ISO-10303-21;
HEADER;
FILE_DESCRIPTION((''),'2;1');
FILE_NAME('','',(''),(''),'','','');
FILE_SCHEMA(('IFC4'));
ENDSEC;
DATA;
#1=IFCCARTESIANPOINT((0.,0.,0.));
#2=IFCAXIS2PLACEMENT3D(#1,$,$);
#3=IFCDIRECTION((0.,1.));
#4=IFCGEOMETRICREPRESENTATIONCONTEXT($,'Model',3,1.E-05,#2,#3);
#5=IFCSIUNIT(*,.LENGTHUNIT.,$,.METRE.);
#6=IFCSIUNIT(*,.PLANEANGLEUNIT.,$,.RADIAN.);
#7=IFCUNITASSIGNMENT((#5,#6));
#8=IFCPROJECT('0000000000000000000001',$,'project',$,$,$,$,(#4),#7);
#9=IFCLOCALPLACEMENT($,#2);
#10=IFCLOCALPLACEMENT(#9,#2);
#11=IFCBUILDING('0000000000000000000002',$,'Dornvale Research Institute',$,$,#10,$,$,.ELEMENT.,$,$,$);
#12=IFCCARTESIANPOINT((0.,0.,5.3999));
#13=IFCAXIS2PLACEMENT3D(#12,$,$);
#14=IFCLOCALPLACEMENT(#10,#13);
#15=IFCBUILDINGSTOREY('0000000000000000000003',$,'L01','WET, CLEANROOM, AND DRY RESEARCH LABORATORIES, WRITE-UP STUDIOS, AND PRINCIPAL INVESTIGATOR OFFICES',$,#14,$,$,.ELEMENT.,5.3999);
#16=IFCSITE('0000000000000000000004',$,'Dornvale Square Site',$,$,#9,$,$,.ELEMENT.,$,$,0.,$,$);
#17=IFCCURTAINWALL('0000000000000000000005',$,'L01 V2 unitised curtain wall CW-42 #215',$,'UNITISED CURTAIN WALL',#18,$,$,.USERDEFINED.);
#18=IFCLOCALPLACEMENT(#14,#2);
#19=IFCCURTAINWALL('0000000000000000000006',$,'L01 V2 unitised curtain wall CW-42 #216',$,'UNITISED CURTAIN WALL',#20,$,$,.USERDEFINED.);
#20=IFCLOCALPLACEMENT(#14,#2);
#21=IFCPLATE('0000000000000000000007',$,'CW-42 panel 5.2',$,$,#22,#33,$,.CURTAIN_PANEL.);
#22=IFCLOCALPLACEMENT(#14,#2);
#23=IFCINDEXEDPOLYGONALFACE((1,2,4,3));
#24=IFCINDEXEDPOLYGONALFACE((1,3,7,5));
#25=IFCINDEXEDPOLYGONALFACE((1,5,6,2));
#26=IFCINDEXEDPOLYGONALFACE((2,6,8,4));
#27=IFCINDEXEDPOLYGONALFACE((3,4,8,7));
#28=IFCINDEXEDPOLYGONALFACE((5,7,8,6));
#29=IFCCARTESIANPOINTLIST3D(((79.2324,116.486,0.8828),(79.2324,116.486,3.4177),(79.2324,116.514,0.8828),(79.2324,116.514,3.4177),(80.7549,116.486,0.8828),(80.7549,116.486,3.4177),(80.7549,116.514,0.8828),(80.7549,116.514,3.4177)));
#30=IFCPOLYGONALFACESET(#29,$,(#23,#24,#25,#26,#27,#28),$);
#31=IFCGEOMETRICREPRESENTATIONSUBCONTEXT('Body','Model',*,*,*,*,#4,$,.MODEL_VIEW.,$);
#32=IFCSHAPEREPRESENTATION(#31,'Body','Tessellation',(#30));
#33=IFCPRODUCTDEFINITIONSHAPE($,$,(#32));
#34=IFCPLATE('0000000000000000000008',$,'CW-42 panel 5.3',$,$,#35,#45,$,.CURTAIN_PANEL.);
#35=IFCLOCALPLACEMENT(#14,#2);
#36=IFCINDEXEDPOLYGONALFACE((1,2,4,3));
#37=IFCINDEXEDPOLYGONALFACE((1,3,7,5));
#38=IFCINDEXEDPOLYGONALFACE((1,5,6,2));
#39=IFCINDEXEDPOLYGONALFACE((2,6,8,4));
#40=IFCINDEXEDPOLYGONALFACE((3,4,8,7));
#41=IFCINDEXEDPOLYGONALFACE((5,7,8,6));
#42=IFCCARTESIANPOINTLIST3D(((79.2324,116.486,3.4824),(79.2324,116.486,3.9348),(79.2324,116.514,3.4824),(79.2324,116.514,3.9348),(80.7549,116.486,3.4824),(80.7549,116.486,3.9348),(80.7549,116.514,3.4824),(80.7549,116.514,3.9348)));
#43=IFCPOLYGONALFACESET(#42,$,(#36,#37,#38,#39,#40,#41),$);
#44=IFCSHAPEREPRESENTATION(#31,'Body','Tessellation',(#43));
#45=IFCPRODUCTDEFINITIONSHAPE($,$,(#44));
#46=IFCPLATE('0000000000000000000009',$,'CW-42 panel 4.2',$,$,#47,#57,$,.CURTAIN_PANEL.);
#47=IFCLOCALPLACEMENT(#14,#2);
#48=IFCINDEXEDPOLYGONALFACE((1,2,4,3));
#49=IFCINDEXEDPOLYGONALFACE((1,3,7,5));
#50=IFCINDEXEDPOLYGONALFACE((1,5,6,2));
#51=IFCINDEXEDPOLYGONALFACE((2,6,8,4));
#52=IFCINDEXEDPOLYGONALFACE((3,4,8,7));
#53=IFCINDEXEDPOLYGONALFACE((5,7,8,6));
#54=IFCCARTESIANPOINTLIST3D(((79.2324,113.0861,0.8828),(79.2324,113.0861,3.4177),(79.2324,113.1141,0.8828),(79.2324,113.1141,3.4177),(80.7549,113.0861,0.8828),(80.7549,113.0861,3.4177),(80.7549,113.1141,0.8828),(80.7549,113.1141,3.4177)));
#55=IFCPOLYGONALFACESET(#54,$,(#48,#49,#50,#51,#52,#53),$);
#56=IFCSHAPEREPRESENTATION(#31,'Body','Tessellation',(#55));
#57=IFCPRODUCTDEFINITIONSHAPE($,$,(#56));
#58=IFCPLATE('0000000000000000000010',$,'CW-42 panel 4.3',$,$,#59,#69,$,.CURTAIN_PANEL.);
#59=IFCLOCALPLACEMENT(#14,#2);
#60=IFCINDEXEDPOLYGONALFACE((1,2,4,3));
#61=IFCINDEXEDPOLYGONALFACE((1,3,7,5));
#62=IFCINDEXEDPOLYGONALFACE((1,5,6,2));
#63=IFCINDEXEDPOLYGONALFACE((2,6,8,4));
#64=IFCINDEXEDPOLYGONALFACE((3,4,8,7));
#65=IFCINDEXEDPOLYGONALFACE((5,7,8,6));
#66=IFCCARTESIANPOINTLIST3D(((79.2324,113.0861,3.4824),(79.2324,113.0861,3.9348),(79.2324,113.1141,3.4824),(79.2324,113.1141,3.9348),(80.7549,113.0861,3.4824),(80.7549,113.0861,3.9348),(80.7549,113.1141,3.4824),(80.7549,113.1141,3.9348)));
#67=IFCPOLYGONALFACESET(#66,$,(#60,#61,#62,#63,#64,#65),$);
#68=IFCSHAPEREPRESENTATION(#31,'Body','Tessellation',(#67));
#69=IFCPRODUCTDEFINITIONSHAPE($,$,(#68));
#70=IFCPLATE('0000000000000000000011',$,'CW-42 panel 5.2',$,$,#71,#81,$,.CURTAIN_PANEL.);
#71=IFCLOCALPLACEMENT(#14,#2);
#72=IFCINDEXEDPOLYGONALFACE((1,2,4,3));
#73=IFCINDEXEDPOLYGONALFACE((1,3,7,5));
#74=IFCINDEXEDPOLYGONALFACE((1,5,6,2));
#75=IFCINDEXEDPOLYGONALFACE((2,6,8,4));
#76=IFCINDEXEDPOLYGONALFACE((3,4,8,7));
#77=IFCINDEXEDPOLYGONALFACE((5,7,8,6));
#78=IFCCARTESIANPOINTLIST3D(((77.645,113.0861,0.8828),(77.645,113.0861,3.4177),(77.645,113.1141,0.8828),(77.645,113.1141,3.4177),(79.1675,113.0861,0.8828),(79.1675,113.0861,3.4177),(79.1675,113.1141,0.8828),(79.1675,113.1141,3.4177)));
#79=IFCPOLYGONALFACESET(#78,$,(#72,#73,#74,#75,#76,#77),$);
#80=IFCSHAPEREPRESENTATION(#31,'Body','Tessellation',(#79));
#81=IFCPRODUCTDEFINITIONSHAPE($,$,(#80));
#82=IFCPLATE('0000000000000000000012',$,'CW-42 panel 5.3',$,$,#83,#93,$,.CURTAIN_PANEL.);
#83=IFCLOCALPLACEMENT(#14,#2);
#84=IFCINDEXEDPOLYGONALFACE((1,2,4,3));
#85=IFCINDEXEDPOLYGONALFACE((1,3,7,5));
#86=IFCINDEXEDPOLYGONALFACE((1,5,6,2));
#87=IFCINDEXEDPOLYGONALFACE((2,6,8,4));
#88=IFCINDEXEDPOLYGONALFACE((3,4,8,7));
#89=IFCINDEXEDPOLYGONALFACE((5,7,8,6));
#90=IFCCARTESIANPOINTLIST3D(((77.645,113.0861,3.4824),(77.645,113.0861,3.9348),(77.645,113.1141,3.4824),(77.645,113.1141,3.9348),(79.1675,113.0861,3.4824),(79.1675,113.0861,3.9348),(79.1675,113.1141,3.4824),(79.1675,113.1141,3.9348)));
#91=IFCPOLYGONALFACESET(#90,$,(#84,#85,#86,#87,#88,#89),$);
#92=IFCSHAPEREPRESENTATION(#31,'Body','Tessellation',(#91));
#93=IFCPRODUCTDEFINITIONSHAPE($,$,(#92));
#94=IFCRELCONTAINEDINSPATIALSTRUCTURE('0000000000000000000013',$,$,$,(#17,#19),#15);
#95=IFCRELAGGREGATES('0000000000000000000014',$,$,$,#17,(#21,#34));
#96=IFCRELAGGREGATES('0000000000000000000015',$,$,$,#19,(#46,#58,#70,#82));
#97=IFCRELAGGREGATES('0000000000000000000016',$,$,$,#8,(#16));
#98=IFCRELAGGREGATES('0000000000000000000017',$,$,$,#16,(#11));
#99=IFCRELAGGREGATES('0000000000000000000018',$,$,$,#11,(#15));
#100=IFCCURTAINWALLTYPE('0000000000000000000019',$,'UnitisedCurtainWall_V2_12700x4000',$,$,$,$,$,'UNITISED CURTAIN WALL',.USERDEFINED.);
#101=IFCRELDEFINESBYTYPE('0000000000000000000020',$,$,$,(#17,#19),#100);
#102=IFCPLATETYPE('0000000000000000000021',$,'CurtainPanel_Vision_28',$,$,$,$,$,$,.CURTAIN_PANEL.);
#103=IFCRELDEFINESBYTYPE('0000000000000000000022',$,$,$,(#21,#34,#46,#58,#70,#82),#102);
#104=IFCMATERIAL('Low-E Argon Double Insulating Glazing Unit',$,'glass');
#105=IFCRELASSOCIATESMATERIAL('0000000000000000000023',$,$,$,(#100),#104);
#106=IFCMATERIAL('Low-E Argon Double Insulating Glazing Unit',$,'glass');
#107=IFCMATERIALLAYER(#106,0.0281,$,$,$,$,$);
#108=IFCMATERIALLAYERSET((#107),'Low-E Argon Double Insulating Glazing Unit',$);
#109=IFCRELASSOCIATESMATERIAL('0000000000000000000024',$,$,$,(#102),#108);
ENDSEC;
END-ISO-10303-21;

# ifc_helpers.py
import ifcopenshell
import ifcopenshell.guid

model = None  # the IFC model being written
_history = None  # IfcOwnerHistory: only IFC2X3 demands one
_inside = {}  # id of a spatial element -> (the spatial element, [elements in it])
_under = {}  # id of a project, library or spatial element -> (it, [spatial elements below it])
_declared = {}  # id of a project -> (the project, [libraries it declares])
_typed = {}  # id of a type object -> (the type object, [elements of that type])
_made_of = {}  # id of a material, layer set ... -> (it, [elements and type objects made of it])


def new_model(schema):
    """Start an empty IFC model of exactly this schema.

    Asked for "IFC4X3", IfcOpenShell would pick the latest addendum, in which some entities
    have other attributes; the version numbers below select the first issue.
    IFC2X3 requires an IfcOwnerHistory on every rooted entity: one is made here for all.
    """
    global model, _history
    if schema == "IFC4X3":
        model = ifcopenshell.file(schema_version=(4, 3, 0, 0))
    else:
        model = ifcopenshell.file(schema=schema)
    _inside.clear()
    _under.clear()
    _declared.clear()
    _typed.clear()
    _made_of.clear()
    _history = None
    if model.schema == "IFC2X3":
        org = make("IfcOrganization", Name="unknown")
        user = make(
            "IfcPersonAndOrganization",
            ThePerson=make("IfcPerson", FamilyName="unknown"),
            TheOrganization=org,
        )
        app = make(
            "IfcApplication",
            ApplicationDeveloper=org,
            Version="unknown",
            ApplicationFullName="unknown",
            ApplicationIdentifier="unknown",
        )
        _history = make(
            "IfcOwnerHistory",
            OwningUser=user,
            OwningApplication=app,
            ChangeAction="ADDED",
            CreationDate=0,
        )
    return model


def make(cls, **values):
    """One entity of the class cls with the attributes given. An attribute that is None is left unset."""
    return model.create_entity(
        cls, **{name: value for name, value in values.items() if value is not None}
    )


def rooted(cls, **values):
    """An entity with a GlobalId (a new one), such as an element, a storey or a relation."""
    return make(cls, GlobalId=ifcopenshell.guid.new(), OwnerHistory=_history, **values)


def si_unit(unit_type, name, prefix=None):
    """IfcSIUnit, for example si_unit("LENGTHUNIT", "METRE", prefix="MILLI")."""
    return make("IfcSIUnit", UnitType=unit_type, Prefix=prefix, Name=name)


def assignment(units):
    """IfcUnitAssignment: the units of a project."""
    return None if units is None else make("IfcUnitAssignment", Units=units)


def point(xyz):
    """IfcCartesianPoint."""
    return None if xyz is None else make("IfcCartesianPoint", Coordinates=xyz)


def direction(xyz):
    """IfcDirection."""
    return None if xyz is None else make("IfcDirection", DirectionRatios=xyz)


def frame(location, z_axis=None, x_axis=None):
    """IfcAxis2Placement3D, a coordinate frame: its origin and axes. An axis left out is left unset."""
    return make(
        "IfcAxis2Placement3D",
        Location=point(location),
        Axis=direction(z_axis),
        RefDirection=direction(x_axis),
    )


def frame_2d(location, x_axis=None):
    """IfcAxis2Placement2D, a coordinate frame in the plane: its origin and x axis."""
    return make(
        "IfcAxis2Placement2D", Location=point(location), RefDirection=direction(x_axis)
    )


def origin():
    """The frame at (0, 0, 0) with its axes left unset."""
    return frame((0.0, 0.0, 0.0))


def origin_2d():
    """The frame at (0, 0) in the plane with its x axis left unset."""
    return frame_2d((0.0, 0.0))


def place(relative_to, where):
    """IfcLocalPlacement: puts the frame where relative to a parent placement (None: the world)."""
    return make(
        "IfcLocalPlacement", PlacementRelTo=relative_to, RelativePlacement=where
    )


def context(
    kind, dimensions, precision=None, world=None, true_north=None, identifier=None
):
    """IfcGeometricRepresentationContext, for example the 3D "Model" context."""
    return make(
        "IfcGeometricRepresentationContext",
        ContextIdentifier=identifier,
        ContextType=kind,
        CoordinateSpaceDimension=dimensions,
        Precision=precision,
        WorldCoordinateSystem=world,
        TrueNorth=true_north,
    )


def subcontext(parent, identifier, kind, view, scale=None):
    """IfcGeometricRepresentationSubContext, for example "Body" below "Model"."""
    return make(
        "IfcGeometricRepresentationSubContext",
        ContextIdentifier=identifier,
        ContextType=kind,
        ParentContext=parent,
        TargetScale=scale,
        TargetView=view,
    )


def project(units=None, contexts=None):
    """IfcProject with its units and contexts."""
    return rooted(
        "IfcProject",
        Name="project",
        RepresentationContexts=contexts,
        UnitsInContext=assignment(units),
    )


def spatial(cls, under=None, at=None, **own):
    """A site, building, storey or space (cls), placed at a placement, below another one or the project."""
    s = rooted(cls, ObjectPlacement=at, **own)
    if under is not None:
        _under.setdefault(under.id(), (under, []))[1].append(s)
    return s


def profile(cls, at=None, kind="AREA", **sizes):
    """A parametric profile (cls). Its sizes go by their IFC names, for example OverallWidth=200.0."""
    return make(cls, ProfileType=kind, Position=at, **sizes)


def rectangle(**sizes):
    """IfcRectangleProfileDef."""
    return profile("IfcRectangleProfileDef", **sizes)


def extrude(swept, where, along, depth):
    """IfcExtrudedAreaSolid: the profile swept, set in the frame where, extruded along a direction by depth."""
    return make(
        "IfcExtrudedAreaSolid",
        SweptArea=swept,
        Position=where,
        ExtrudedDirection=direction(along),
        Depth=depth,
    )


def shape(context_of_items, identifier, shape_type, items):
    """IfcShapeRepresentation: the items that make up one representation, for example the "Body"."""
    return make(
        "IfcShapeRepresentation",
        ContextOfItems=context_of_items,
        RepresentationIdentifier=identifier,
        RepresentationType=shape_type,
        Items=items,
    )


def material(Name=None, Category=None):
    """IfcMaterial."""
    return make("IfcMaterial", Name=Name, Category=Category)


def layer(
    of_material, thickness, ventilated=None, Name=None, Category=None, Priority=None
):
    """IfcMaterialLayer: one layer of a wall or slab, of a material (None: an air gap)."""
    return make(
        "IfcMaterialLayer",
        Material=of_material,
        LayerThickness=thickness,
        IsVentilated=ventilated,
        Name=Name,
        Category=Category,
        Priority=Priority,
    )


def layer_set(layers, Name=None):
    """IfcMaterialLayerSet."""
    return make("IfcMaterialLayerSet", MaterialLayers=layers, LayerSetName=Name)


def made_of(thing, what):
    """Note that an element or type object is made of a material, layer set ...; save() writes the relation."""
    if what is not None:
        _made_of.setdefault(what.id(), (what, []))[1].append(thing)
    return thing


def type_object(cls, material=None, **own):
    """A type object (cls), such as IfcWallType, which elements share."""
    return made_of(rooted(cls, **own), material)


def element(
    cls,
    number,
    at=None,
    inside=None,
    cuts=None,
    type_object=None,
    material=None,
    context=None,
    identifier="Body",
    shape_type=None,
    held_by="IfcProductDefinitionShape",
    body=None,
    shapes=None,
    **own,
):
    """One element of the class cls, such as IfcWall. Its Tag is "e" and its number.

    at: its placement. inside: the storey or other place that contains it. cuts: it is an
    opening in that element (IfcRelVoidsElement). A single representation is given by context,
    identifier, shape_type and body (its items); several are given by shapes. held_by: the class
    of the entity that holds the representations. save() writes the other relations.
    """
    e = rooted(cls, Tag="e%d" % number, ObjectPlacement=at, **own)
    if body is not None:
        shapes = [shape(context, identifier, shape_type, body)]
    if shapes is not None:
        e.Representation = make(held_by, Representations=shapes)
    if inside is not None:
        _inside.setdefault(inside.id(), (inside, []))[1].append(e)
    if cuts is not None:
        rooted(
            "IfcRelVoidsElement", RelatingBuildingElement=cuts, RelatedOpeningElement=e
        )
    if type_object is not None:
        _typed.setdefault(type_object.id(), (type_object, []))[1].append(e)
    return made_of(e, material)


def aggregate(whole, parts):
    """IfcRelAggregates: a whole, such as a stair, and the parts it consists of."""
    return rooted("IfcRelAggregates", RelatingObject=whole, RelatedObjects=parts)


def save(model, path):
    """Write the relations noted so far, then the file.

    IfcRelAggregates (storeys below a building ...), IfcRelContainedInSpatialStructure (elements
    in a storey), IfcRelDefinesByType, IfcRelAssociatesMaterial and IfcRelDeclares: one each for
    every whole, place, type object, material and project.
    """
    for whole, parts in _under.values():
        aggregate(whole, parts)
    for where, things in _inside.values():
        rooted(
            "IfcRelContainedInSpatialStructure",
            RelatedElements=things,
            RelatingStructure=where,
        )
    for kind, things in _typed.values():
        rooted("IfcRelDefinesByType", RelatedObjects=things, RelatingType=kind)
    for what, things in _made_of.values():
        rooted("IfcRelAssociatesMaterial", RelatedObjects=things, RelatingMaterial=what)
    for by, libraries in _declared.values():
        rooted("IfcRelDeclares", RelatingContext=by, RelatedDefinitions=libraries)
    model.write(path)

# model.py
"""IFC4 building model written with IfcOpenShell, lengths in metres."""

from ifc_helpers import new_model, si_unit, direction, frame, origin, origin_2d, place, context, subcontext, project, spatial, rectangle, extrude, material, layer, layer_set, type_object, element, aggregate, save


model = new_model("IFC4")

# Units and contexts
model_context = context("Model", 3, precision=1e-05, world=origin(), true_north=direction((0.0, 1.0)))
body_context = subcontext(model_context, "Body", "Model", "MODEL_VIEW")
ifc_project = project(units=[si_unit("LENGTHUNIT", "METRE"), si_unit("PLANEANGLEUNIT", "RADIAN")], contexts=[model_context])

# Site, building, storey
site_placement = place(None, origin())
site = spatial("IfcSite", under=ifc_project, at=site_placement, Name="Dornvale Square Site", CompositionType="ELEMENT", RefElevation=0.0)
building_placement = place(site_placement, origin())
building = spatial("IfcBuilding", under=site, at=building_placement, Name="Dornvale Research Institute", CompositionType="ELEMENT")
storey_placement = place(building_placement, frame((0.0, 0.0, 5.3999)))
storey = spatial("IfcBuildingStorey", under=building, at=storey_placement, Name="L01", Description="WET, CLEANROOM, AND DRY RESEARCH LABORATORIES, WRITE-UP STUDIOS, AND PRINCIPAL INVESTIGATOR OFFICES", CompositionType="ELEMENT", Elevation=5.3999)

# Curtain walls
ifc_material_1 = material(Name="Low-E Argon Double Insulating Glazing Unit", Category="glass")
curtain_wall_type = type_object("IfcCurtainWallType", Name="UnitisedCurtainWall_V2_12700x4000", ElementType="UNITISED CURTAIN WALL", PredefinedType="USERDEFINED", material=ifc_material_1)
curtain_wall_1_placement = place(storey_placement, origin())
curtain_wall_1 = element("IfcCurtainWall", 1, at=curtain_wall_1_placement, inside=storey, type_object=curtain_wall_type, Name="L01 V2 unitised curtain wall CW-42 #215", ObjectType="UNITISED CURTAIN WALL", PredefinedType="USERDEFINED")
curtain_wall_2_placement = place(storey_placement, origin())
curtain_wall_2 = element("IfcCurtainWall", 2, at=curtain_wall_2_placement, inside=storey, type_object=curtain_wall_type, Name="L01 V2 unitised curtain wall CW-42 #216", ObjectType="UNITISED CURTAIN WALL", PredefinedType="USERDEFINED")

# Plates
ifc_material_2 = material(Name="Low-E Argon Double Insulating Glazing Unit", Category="glass")
ifc_layer_1 = layer(ifc_material_2, 0.0281)
ifc_layer_set_1 = layer_set([ifc_layer_1], Name="Low-E Argon Double Insulating Glazing Unit")
plate_type_1 = type_object("IfcPlateType", Name="CurtainPanel_Vision_28", PredefinedType="CURTAIN_PANEL", material=ifc_layer_set_1)
plate_1_placement = place(storey_placement, frame((79.9937, 116.5, 0.8828), z_axis=(0.0, 0.0, 1.0), x_axis=(1.0, 0.0, 0.0)))
plate_1 = element("IfcPlate", 3, at=plate_1_placement, type_object=plate_type_1, Name="CW-42 panel 5.2", PredefinedType="CURTAIN_PANEL", context=body_context, shape_type="SweptSolid", body=[
    extrude(rectangle(XDim=1.5225, YDim=0.0281, at=origin_2d()), origin(), (0.0, 0.0, 1.0), 2.5349),
])
plate_2_placement = place(storey_placement, frame((79.9937, 116.5, 3.4824), z_axis=(0.0, 0.0, 1.0), x_axis=(1.0, 0.0, 0.0)))
plate_2 = element("IfcPlate", 4, at=plate_2_placement, type_object=plate_type_1, Name="CW-42 panel 5.3", PredefinedType="CURTAIN_PANEL", context=body_context, shape_type="SweptSolid", body=[
    extrude(rectangle(XDim=1.5225, YDim=0.0281, at=origin_2d()), origin(), (0.0, 0.0, 1.0), 0.4524),
])
aggregate(curtain_wall_1, [plate_1, plate_2])
plate_3_placement = place(storey_placement, frame((79.9937, 113.1001, 0.8828), z_axis=(0.0, 0.0, 1.0), x_axis=(-1.0, 0.0, 0.0)))
plate_3 = element("IfcPlate", 5, at=plate_3_placement, type_object=plate_type_1, Name="CW-42 panel 4.2", PredefinedType="CURTAIN_PANEL", context=body_context, shape_type="SweptSolid", body=[
    extrude(rectangle(XDim=1.5225, YDim=0.0281, at=origin_2d()), origin(), (0.0, 0.0, 1.0), 2.5349),
])
plate_4_placement = place(storey_placement, frame((79.9937, 113.1001, 3.4824), z_axis=(0.0, 0.0, 1.0), x_axis=(-1.0, 0.0, 0.0)))
plate_4 = element("IfcPlate", 6, at=plate_4_placement, type_object=plate_type_1, Name="CW-42 panel 4.3", PredefinedType="CURTAIN_PANEL", context=body_context, shape_type="SweptSolid", body=[
    extrude(rectangle(XDim=1.5225, YDim=0.0281, at=origin_2d()), origin(), (0.0, 0.0, 1.0), 0.4524),
])
plate_5_placement = place(storey_placement, frame((78.4062, 113.1001, 0.8828), z_axis=(0.0, 0.0, 1.0), x_axis=(-1.0, 0.0, 0.0)))
plate_5 = element("IfcPlate", 7, at=plate_5_placement, type_object=plate_type_1, Name="CW-42 panel 5.2", PredefinedType="CURTAIN_PANEL", context=body_context, shape_type="SweptSolid", body=[
    extrude(rectangle(XDim=1.5225, YDim=0.0281, at=origin_2d()), origin(), (0.0, 0.0, 1.0), 2.5349),
])
plate_6_placement = place(storey_placement, frame((78.4062, 113.1001, 3.4824), z_axis=(0.0, 0.0, 1.0), x_axis=(-1.0, 0.0, 0.0)))
plate_6 = element("IfcPlate", 8, at=plate_6_placement, type_object=plate_type_1, Name="CW-42 panel 5.3", PredefinedType="CURTAIN_PANEL", context=body_context, shape_type="SweptSolid", body=[
    extrude(rectangle(XDim=1.5225, YDim=0.0281, at=origin_2d()), origin(), (0.0, 0.0, 1.0), 0.4524),
])
aggregate(curtain_wall_2, [plate_3, plate_4, plate_5, plate_6])

save(model, "model.ifc")
